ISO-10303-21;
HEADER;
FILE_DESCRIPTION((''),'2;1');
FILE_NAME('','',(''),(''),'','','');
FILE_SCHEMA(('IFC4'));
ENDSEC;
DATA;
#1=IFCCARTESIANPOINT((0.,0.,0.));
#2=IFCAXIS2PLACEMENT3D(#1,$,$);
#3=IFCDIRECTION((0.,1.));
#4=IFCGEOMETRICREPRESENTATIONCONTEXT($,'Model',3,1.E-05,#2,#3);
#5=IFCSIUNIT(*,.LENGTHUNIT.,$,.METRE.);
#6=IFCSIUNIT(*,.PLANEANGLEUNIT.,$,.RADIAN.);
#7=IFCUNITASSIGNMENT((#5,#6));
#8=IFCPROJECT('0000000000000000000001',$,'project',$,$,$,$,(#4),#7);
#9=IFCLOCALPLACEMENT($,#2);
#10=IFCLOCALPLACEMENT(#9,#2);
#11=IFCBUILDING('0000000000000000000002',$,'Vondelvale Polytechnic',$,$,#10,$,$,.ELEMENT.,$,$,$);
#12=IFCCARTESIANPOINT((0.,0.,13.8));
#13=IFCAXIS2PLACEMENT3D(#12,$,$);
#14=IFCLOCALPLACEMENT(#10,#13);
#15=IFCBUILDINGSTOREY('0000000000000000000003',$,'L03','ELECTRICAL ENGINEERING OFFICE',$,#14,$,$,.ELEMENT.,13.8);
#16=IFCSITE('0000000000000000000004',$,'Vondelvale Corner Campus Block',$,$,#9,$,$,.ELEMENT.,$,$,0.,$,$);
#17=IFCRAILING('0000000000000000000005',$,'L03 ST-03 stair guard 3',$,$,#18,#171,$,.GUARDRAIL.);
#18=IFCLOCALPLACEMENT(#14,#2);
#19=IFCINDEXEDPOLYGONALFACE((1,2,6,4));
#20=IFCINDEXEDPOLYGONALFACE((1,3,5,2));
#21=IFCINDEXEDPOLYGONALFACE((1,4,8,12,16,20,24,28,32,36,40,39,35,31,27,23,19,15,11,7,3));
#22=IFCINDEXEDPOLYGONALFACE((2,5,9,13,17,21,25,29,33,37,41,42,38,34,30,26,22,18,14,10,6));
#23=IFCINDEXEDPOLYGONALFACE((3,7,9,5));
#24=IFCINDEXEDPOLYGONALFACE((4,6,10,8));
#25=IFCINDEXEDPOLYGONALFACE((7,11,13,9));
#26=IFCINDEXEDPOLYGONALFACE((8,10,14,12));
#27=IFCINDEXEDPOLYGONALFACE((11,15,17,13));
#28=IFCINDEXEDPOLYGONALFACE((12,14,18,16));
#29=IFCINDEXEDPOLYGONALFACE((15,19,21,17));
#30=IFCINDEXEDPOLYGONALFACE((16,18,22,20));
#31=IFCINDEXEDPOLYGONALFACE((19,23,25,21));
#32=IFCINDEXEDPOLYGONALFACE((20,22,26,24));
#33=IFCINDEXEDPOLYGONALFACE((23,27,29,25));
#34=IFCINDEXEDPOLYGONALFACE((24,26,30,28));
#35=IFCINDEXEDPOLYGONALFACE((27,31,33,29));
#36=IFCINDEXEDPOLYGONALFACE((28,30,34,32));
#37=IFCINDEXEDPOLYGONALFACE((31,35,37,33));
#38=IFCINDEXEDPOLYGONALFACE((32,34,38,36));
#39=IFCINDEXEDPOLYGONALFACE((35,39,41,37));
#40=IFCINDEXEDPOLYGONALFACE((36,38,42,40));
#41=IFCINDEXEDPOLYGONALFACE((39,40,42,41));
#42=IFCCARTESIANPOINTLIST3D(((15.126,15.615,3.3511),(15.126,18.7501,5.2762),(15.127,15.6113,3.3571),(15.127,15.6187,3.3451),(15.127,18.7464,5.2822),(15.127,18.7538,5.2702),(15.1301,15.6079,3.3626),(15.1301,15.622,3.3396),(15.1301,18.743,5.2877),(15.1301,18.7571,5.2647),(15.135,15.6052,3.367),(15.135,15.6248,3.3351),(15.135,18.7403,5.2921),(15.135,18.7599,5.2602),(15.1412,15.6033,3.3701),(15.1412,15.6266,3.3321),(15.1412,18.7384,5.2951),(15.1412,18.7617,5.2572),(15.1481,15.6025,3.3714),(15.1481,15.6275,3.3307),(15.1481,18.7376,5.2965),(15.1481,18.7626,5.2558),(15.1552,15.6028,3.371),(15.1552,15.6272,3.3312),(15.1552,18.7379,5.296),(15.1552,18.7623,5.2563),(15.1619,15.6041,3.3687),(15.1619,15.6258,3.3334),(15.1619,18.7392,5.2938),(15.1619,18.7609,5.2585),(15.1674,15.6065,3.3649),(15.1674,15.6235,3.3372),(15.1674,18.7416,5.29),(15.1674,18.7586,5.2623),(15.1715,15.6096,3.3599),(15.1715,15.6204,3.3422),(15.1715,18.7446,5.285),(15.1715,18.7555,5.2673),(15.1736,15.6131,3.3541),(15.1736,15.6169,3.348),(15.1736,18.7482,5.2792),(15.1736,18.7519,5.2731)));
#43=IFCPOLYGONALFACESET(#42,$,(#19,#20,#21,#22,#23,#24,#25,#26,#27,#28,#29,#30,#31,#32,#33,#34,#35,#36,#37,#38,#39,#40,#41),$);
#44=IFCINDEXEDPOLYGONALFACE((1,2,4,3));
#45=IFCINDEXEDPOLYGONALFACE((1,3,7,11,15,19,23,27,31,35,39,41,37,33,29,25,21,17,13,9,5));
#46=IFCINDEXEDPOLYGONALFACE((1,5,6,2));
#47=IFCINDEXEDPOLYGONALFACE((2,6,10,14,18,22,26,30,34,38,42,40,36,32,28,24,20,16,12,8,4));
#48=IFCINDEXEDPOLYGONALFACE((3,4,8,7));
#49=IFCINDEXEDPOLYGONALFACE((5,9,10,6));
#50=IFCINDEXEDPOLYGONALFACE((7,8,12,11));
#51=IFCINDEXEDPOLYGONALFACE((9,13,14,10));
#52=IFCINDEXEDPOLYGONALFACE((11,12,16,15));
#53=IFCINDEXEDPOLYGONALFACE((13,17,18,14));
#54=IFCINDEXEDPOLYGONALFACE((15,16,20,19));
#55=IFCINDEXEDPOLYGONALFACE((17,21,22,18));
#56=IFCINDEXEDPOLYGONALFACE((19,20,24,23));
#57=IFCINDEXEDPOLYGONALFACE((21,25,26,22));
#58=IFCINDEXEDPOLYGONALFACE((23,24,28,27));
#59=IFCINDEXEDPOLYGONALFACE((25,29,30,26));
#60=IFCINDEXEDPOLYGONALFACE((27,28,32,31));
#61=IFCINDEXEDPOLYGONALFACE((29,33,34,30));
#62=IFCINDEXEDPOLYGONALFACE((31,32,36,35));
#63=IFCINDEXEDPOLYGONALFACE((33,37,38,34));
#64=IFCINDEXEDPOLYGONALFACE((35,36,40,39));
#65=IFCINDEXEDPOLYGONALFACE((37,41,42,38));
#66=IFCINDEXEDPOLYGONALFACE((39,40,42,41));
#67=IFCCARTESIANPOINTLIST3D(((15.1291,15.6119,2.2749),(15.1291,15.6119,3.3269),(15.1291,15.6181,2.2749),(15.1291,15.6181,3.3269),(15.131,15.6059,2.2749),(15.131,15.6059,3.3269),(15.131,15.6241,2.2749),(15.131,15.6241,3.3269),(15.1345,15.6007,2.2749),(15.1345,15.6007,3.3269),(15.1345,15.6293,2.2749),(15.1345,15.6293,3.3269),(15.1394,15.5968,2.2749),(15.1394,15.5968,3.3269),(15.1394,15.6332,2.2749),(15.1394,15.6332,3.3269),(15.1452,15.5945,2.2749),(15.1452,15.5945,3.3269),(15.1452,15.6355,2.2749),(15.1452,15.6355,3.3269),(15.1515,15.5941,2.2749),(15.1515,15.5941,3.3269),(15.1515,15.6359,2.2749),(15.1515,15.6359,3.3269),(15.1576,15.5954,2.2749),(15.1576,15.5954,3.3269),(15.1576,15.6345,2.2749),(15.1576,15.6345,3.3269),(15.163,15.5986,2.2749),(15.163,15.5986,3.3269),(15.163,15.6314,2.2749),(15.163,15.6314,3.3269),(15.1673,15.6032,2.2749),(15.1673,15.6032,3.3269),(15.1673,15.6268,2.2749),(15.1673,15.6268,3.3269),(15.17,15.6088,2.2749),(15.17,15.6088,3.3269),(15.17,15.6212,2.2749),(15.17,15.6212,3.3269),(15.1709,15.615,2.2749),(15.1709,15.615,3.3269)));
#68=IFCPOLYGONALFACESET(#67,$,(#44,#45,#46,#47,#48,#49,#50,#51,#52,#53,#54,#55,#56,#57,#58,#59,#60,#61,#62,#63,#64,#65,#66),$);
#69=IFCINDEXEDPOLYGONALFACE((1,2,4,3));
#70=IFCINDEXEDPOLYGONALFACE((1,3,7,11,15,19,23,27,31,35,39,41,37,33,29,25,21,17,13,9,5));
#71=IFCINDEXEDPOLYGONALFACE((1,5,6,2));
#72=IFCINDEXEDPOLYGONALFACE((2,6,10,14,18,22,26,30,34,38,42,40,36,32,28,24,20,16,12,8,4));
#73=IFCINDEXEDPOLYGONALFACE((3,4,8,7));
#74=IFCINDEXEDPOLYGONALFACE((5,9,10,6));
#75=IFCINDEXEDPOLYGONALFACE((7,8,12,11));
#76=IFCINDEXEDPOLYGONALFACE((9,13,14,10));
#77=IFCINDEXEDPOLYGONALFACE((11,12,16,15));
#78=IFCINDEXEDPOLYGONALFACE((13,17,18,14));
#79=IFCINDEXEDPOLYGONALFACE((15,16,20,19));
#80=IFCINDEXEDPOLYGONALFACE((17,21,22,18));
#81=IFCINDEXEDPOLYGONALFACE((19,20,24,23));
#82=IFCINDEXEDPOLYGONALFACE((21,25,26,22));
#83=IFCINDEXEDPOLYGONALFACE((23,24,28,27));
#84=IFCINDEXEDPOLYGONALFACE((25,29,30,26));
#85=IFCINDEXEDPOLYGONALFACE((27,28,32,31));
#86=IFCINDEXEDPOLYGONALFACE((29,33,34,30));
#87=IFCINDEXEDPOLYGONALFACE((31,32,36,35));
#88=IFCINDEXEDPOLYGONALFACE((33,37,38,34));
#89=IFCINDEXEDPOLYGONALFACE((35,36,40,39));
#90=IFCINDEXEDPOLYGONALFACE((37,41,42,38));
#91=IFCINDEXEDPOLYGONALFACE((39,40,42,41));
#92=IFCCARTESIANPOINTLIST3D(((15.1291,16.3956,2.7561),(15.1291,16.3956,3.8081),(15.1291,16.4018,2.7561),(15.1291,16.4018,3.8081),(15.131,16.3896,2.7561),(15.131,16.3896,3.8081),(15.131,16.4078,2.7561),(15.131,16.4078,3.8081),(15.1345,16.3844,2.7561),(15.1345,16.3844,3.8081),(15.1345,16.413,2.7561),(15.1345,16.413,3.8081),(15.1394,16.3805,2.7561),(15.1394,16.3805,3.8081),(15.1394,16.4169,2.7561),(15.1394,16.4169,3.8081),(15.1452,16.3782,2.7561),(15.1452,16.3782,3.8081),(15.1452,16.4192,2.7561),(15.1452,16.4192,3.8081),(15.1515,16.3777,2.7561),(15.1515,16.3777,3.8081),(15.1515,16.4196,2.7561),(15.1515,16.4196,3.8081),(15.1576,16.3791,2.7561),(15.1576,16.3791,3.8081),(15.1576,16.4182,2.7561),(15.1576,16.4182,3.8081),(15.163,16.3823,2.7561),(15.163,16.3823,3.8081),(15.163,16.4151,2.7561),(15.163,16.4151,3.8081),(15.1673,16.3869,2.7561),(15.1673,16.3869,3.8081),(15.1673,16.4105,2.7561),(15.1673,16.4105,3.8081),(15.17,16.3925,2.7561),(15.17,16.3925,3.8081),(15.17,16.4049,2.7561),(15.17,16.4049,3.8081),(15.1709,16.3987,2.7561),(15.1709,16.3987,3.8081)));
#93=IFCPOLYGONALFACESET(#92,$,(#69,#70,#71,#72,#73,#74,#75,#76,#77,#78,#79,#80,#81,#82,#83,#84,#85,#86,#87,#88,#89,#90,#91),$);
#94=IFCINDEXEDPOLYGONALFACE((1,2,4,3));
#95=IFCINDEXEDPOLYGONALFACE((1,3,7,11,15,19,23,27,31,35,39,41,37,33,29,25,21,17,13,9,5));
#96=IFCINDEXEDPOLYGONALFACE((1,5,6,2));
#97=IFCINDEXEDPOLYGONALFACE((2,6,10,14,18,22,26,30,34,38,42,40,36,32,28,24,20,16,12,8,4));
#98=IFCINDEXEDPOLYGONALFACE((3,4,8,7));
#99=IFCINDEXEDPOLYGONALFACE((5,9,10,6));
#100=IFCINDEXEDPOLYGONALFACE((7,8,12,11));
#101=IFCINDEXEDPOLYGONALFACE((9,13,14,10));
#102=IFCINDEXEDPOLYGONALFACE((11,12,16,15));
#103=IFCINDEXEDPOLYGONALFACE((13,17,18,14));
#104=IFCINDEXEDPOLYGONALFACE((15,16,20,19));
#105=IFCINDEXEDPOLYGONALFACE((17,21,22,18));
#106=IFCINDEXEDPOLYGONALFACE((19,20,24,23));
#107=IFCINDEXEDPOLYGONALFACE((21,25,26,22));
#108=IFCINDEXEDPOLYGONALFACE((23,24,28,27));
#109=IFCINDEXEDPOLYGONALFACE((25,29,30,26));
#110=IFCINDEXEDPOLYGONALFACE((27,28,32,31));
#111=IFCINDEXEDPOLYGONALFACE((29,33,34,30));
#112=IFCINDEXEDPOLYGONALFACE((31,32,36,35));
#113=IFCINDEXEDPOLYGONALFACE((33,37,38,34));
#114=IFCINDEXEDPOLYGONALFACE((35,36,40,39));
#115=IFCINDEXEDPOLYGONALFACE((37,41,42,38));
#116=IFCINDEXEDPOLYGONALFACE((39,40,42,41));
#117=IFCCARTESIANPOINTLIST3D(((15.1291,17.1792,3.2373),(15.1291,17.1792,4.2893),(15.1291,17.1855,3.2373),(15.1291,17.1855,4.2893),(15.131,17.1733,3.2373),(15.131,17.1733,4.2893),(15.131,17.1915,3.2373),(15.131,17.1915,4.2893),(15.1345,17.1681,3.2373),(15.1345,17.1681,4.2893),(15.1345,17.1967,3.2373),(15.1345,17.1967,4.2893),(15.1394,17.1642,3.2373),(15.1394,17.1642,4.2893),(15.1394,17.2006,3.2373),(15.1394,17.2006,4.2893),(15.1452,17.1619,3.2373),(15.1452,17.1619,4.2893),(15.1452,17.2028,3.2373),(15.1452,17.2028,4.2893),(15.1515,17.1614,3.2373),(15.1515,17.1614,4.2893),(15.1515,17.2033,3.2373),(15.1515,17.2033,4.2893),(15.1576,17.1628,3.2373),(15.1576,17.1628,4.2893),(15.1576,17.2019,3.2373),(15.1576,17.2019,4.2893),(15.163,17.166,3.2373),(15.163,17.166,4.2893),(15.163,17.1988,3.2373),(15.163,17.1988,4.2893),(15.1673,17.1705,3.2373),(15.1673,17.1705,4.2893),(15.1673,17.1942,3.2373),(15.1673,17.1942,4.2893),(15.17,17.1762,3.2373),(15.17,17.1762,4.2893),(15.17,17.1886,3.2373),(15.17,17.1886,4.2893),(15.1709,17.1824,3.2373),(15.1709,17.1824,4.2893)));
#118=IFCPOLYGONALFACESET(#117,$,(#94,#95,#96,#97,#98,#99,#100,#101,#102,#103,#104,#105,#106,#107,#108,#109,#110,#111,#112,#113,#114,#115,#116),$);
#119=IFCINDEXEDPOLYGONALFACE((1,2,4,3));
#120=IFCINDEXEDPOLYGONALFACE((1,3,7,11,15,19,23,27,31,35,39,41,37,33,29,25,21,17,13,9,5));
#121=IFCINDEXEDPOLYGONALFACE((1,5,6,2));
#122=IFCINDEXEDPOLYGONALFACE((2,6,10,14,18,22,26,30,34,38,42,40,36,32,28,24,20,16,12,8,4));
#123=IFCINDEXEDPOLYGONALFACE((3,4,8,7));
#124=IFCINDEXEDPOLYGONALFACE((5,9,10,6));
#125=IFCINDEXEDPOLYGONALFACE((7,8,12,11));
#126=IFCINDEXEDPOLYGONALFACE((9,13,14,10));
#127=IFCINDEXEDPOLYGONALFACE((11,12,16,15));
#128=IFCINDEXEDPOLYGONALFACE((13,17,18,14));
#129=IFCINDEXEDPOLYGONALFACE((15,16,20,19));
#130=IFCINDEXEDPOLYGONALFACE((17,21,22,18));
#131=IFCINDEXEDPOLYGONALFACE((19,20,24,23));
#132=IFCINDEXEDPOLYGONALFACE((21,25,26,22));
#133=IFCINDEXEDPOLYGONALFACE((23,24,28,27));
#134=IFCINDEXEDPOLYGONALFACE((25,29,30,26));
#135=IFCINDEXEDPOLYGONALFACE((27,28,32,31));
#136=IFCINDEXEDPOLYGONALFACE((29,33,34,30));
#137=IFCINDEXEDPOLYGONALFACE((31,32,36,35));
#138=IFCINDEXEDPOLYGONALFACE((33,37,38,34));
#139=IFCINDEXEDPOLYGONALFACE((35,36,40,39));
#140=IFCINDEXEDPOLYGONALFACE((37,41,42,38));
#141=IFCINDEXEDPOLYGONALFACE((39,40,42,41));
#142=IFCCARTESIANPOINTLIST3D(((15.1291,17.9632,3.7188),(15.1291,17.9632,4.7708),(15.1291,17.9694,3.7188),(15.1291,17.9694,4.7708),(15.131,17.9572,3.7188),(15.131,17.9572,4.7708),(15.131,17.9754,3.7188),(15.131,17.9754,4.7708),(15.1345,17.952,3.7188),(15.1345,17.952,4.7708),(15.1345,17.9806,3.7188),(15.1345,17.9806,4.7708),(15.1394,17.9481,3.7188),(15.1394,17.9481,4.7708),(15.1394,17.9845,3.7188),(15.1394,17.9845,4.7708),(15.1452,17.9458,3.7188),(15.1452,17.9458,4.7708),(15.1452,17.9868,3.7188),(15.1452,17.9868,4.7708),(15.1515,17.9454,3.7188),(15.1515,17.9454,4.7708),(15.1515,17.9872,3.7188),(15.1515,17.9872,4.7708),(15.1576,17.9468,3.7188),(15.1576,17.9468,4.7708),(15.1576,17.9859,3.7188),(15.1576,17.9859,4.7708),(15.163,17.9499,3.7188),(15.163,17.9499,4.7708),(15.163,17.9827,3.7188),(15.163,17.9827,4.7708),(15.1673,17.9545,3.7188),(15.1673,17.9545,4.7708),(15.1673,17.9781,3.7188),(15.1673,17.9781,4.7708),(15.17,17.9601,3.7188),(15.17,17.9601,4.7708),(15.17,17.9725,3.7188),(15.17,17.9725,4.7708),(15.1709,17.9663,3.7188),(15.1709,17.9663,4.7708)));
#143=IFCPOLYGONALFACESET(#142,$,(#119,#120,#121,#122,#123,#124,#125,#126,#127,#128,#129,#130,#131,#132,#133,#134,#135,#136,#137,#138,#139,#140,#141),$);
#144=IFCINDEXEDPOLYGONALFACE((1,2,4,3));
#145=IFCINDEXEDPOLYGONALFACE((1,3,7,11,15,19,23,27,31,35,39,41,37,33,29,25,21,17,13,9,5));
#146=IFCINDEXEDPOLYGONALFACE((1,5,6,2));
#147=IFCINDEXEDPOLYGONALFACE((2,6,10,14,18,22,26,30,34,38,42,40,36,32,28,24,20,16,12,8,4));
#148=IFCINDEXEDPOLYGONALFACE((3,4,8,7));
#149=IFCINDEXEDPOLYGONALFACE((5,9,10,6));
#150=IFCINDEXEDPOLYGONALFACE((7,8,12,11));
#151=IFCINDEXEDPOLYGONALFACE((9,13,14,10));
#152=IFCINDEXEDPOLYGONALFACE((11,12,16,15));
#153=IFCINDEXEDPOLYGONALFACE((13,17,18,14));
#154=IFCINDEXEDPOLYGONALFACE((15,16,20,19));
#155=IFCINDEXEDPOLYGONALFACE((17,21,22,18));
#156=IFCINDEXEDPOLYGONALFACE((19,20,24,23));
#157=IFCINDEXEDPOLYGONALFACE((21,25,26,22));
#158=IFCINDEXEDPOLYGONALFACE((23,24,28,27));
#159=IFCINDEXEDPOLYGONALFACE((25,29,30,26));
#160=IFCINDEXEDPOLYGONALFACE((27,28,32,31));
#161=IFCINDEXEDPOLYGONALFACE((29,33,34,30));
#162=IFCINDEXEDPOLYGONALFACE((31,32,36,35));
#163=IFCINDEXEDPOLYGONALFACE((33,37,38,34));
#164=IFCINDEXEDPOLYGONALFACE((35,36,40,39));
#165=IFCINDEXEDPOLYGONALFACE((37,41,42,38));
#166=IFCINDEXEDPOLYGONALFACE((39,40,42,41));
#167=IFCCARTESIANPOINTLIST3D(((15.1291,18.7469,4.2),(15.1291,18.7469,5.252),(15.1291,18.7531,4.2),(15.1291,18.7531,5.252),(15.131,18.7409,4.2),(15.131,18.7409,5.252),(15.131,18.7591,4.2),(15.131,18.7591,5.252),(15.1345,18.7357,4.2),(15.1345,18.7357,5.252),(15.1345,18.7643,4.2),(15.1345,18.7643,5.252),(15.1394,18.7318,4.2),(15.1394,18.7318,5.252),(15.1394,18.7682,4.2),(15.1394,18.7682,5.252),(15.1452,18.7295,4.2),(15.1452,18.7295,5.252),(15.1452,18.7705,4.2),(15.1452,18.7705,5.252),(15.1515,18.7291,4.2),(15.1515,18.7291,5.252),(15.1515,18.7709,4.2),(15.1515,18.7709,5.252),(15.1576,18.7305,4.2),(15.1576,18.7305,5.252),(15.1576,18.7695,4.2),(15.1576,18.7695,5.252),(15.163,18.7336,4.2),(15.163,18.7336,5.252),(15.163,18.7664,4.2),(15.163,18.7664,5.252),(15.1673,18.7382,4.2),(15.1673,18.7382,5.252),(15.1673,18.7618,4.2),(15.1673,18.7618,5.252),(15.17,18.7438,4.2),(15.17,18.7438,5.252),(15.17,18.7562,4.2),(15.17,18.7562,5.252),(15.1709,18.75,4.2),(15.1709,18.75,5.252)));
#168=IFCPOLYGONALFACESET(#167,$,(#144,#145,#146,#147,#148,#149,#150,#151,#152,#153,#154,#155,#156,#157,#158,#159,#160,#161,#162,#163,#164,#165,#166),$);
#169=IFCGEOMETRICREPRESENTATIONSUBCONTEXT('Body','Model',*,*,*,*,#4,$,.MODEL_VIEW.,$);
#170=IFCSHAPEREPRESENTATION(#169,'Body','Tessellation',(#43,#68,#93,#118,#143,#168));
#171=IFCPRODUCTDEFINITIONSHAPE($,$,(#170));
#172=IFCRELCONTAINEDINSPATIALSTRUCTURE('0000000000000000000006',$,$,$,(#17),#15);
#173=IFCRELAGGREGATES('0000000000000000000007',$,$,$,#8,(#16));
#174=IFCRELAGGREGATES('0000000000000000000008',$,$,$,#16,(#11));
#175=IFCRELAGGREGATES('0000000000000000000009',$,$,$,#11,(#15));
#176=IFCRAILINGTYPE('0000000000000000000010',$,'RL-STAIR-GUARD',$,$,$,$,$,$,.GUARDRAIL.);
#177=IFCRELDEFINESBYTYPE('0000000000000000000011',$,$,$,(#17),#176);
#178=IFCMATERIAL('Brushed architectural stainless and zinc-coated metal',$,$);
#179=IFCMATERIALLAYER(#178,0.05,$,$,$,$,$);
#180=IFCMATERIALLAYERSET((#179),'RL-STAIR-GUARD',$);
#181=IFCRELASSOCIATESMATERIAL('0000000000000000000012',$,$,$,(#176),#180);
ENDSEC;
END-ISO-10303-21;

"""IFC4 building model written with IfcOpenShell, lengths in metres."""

from ifc_helpers import new_model, si_unit, direction, frame, origin, origin_2d, place, context, subcontext, project, spatial, circle, extrude, material, layer, layer_set, type_object, element, save


model = new_model("IFC4")

# Units and contexts
model_context = context("Model", 3, precision=1e-05, world=origin(), true_north=direction((0.0, 1.0)))
body_context = subcontext(model_context, "Body", "Model", "MODEL_VIEW")
ifc_project = project(units=[si_unit("LENGTHUNIT", "METRE"), si_unit("PLANEANGLEUNIT", "RADIAN")], contexts=[model_context])

# Site, building, storey
site_placement = place(None, origin())
site = spatial("IfcSite", under=ifc_project, at=site_placement, Name="Vondelvale Corner Campus Block", CompositionType="ELEMENT", RefElevation=0.0)
building_placement = place(site_placement, origin())
building = spatial("IfcBuilding", under=site, at=building_placement, Name="Vondelvale Polytechnic", CompositionType="ELEMENT")
storey_placement = place(building_placement, frame((0.0, 0.0, 13.8)))
storey = spatial("IfcBuildingStorey", under=building, at=storey_placement, Name="L03", Description="ELECTRICAL ENGINEERING OFFICE", CompositionType="ELEMENT", Elevation=13.8)

# Shared definitions
ifc_material_1 = material(Name="Brushed architectural stainless and zinc-coated metal")

# Railing
ifc_layer_1 = layer(ifc_material_1, 0.05)
ifc_layer_set_1 = layer_set([ifc_layer_1], Name="RL-STAIR-GUARD")
railing_type_1 = type_object("IfcRailingType", Name="RL-STAIR-GUARD", PredefinedType="GUARDRAIL", material=ifc_layer_set_1)
railing_1_placement = place(storey_placement, frame((15.1499, 15.615, 2.2749)))
element("IfcRailing", 1, at=railing_1_placement, inside=storey, type_object=railing_type_1, Name="L03 ST-03 stair guard 3", PredefinedType="GUARDRAIL", context=body_context, shape_type="SweptSolid", body=[
    extrude(circle(Radius=0.0239, at=origin_2d()), frame((0.0, 0.0, 1.0762), z_axis=(0.0, 0.852166, 0.523271), x_axis=(-1.0, 0.0, 0.0)), (0.0, 0.0, 1.0), 3.679),
    extrude(circle(Radius=0.021, at=origin_2d()), origin(), (0.0, 0.0, 1.0), 1.052),
    extrude(circle(Radius=0.021, at=origin_2d()), frame((0.0, 0.7837, 0.4812)), (0.0, 0.0, 1.0), 1.052),
    extrude(circle(Radius=0.021, at=origin_2d()), frame((0.0, 1.5674, 0.9624)), (0.0, 0.0, 1.0), 1.052),
    extrude(circle(Radius=0.021, at=origin_2d()), frame((0.0, 2.3513, 1.4438)), (0.0, 0.0, 1.0), 1.052),
    extrude(circle(Radius=0.021, at=origin_2d()), frame((0.0, 3.135, 1.925)), (0.0, 0.0, 1.0), 1.052),
])

save(model, "model.ifc")
